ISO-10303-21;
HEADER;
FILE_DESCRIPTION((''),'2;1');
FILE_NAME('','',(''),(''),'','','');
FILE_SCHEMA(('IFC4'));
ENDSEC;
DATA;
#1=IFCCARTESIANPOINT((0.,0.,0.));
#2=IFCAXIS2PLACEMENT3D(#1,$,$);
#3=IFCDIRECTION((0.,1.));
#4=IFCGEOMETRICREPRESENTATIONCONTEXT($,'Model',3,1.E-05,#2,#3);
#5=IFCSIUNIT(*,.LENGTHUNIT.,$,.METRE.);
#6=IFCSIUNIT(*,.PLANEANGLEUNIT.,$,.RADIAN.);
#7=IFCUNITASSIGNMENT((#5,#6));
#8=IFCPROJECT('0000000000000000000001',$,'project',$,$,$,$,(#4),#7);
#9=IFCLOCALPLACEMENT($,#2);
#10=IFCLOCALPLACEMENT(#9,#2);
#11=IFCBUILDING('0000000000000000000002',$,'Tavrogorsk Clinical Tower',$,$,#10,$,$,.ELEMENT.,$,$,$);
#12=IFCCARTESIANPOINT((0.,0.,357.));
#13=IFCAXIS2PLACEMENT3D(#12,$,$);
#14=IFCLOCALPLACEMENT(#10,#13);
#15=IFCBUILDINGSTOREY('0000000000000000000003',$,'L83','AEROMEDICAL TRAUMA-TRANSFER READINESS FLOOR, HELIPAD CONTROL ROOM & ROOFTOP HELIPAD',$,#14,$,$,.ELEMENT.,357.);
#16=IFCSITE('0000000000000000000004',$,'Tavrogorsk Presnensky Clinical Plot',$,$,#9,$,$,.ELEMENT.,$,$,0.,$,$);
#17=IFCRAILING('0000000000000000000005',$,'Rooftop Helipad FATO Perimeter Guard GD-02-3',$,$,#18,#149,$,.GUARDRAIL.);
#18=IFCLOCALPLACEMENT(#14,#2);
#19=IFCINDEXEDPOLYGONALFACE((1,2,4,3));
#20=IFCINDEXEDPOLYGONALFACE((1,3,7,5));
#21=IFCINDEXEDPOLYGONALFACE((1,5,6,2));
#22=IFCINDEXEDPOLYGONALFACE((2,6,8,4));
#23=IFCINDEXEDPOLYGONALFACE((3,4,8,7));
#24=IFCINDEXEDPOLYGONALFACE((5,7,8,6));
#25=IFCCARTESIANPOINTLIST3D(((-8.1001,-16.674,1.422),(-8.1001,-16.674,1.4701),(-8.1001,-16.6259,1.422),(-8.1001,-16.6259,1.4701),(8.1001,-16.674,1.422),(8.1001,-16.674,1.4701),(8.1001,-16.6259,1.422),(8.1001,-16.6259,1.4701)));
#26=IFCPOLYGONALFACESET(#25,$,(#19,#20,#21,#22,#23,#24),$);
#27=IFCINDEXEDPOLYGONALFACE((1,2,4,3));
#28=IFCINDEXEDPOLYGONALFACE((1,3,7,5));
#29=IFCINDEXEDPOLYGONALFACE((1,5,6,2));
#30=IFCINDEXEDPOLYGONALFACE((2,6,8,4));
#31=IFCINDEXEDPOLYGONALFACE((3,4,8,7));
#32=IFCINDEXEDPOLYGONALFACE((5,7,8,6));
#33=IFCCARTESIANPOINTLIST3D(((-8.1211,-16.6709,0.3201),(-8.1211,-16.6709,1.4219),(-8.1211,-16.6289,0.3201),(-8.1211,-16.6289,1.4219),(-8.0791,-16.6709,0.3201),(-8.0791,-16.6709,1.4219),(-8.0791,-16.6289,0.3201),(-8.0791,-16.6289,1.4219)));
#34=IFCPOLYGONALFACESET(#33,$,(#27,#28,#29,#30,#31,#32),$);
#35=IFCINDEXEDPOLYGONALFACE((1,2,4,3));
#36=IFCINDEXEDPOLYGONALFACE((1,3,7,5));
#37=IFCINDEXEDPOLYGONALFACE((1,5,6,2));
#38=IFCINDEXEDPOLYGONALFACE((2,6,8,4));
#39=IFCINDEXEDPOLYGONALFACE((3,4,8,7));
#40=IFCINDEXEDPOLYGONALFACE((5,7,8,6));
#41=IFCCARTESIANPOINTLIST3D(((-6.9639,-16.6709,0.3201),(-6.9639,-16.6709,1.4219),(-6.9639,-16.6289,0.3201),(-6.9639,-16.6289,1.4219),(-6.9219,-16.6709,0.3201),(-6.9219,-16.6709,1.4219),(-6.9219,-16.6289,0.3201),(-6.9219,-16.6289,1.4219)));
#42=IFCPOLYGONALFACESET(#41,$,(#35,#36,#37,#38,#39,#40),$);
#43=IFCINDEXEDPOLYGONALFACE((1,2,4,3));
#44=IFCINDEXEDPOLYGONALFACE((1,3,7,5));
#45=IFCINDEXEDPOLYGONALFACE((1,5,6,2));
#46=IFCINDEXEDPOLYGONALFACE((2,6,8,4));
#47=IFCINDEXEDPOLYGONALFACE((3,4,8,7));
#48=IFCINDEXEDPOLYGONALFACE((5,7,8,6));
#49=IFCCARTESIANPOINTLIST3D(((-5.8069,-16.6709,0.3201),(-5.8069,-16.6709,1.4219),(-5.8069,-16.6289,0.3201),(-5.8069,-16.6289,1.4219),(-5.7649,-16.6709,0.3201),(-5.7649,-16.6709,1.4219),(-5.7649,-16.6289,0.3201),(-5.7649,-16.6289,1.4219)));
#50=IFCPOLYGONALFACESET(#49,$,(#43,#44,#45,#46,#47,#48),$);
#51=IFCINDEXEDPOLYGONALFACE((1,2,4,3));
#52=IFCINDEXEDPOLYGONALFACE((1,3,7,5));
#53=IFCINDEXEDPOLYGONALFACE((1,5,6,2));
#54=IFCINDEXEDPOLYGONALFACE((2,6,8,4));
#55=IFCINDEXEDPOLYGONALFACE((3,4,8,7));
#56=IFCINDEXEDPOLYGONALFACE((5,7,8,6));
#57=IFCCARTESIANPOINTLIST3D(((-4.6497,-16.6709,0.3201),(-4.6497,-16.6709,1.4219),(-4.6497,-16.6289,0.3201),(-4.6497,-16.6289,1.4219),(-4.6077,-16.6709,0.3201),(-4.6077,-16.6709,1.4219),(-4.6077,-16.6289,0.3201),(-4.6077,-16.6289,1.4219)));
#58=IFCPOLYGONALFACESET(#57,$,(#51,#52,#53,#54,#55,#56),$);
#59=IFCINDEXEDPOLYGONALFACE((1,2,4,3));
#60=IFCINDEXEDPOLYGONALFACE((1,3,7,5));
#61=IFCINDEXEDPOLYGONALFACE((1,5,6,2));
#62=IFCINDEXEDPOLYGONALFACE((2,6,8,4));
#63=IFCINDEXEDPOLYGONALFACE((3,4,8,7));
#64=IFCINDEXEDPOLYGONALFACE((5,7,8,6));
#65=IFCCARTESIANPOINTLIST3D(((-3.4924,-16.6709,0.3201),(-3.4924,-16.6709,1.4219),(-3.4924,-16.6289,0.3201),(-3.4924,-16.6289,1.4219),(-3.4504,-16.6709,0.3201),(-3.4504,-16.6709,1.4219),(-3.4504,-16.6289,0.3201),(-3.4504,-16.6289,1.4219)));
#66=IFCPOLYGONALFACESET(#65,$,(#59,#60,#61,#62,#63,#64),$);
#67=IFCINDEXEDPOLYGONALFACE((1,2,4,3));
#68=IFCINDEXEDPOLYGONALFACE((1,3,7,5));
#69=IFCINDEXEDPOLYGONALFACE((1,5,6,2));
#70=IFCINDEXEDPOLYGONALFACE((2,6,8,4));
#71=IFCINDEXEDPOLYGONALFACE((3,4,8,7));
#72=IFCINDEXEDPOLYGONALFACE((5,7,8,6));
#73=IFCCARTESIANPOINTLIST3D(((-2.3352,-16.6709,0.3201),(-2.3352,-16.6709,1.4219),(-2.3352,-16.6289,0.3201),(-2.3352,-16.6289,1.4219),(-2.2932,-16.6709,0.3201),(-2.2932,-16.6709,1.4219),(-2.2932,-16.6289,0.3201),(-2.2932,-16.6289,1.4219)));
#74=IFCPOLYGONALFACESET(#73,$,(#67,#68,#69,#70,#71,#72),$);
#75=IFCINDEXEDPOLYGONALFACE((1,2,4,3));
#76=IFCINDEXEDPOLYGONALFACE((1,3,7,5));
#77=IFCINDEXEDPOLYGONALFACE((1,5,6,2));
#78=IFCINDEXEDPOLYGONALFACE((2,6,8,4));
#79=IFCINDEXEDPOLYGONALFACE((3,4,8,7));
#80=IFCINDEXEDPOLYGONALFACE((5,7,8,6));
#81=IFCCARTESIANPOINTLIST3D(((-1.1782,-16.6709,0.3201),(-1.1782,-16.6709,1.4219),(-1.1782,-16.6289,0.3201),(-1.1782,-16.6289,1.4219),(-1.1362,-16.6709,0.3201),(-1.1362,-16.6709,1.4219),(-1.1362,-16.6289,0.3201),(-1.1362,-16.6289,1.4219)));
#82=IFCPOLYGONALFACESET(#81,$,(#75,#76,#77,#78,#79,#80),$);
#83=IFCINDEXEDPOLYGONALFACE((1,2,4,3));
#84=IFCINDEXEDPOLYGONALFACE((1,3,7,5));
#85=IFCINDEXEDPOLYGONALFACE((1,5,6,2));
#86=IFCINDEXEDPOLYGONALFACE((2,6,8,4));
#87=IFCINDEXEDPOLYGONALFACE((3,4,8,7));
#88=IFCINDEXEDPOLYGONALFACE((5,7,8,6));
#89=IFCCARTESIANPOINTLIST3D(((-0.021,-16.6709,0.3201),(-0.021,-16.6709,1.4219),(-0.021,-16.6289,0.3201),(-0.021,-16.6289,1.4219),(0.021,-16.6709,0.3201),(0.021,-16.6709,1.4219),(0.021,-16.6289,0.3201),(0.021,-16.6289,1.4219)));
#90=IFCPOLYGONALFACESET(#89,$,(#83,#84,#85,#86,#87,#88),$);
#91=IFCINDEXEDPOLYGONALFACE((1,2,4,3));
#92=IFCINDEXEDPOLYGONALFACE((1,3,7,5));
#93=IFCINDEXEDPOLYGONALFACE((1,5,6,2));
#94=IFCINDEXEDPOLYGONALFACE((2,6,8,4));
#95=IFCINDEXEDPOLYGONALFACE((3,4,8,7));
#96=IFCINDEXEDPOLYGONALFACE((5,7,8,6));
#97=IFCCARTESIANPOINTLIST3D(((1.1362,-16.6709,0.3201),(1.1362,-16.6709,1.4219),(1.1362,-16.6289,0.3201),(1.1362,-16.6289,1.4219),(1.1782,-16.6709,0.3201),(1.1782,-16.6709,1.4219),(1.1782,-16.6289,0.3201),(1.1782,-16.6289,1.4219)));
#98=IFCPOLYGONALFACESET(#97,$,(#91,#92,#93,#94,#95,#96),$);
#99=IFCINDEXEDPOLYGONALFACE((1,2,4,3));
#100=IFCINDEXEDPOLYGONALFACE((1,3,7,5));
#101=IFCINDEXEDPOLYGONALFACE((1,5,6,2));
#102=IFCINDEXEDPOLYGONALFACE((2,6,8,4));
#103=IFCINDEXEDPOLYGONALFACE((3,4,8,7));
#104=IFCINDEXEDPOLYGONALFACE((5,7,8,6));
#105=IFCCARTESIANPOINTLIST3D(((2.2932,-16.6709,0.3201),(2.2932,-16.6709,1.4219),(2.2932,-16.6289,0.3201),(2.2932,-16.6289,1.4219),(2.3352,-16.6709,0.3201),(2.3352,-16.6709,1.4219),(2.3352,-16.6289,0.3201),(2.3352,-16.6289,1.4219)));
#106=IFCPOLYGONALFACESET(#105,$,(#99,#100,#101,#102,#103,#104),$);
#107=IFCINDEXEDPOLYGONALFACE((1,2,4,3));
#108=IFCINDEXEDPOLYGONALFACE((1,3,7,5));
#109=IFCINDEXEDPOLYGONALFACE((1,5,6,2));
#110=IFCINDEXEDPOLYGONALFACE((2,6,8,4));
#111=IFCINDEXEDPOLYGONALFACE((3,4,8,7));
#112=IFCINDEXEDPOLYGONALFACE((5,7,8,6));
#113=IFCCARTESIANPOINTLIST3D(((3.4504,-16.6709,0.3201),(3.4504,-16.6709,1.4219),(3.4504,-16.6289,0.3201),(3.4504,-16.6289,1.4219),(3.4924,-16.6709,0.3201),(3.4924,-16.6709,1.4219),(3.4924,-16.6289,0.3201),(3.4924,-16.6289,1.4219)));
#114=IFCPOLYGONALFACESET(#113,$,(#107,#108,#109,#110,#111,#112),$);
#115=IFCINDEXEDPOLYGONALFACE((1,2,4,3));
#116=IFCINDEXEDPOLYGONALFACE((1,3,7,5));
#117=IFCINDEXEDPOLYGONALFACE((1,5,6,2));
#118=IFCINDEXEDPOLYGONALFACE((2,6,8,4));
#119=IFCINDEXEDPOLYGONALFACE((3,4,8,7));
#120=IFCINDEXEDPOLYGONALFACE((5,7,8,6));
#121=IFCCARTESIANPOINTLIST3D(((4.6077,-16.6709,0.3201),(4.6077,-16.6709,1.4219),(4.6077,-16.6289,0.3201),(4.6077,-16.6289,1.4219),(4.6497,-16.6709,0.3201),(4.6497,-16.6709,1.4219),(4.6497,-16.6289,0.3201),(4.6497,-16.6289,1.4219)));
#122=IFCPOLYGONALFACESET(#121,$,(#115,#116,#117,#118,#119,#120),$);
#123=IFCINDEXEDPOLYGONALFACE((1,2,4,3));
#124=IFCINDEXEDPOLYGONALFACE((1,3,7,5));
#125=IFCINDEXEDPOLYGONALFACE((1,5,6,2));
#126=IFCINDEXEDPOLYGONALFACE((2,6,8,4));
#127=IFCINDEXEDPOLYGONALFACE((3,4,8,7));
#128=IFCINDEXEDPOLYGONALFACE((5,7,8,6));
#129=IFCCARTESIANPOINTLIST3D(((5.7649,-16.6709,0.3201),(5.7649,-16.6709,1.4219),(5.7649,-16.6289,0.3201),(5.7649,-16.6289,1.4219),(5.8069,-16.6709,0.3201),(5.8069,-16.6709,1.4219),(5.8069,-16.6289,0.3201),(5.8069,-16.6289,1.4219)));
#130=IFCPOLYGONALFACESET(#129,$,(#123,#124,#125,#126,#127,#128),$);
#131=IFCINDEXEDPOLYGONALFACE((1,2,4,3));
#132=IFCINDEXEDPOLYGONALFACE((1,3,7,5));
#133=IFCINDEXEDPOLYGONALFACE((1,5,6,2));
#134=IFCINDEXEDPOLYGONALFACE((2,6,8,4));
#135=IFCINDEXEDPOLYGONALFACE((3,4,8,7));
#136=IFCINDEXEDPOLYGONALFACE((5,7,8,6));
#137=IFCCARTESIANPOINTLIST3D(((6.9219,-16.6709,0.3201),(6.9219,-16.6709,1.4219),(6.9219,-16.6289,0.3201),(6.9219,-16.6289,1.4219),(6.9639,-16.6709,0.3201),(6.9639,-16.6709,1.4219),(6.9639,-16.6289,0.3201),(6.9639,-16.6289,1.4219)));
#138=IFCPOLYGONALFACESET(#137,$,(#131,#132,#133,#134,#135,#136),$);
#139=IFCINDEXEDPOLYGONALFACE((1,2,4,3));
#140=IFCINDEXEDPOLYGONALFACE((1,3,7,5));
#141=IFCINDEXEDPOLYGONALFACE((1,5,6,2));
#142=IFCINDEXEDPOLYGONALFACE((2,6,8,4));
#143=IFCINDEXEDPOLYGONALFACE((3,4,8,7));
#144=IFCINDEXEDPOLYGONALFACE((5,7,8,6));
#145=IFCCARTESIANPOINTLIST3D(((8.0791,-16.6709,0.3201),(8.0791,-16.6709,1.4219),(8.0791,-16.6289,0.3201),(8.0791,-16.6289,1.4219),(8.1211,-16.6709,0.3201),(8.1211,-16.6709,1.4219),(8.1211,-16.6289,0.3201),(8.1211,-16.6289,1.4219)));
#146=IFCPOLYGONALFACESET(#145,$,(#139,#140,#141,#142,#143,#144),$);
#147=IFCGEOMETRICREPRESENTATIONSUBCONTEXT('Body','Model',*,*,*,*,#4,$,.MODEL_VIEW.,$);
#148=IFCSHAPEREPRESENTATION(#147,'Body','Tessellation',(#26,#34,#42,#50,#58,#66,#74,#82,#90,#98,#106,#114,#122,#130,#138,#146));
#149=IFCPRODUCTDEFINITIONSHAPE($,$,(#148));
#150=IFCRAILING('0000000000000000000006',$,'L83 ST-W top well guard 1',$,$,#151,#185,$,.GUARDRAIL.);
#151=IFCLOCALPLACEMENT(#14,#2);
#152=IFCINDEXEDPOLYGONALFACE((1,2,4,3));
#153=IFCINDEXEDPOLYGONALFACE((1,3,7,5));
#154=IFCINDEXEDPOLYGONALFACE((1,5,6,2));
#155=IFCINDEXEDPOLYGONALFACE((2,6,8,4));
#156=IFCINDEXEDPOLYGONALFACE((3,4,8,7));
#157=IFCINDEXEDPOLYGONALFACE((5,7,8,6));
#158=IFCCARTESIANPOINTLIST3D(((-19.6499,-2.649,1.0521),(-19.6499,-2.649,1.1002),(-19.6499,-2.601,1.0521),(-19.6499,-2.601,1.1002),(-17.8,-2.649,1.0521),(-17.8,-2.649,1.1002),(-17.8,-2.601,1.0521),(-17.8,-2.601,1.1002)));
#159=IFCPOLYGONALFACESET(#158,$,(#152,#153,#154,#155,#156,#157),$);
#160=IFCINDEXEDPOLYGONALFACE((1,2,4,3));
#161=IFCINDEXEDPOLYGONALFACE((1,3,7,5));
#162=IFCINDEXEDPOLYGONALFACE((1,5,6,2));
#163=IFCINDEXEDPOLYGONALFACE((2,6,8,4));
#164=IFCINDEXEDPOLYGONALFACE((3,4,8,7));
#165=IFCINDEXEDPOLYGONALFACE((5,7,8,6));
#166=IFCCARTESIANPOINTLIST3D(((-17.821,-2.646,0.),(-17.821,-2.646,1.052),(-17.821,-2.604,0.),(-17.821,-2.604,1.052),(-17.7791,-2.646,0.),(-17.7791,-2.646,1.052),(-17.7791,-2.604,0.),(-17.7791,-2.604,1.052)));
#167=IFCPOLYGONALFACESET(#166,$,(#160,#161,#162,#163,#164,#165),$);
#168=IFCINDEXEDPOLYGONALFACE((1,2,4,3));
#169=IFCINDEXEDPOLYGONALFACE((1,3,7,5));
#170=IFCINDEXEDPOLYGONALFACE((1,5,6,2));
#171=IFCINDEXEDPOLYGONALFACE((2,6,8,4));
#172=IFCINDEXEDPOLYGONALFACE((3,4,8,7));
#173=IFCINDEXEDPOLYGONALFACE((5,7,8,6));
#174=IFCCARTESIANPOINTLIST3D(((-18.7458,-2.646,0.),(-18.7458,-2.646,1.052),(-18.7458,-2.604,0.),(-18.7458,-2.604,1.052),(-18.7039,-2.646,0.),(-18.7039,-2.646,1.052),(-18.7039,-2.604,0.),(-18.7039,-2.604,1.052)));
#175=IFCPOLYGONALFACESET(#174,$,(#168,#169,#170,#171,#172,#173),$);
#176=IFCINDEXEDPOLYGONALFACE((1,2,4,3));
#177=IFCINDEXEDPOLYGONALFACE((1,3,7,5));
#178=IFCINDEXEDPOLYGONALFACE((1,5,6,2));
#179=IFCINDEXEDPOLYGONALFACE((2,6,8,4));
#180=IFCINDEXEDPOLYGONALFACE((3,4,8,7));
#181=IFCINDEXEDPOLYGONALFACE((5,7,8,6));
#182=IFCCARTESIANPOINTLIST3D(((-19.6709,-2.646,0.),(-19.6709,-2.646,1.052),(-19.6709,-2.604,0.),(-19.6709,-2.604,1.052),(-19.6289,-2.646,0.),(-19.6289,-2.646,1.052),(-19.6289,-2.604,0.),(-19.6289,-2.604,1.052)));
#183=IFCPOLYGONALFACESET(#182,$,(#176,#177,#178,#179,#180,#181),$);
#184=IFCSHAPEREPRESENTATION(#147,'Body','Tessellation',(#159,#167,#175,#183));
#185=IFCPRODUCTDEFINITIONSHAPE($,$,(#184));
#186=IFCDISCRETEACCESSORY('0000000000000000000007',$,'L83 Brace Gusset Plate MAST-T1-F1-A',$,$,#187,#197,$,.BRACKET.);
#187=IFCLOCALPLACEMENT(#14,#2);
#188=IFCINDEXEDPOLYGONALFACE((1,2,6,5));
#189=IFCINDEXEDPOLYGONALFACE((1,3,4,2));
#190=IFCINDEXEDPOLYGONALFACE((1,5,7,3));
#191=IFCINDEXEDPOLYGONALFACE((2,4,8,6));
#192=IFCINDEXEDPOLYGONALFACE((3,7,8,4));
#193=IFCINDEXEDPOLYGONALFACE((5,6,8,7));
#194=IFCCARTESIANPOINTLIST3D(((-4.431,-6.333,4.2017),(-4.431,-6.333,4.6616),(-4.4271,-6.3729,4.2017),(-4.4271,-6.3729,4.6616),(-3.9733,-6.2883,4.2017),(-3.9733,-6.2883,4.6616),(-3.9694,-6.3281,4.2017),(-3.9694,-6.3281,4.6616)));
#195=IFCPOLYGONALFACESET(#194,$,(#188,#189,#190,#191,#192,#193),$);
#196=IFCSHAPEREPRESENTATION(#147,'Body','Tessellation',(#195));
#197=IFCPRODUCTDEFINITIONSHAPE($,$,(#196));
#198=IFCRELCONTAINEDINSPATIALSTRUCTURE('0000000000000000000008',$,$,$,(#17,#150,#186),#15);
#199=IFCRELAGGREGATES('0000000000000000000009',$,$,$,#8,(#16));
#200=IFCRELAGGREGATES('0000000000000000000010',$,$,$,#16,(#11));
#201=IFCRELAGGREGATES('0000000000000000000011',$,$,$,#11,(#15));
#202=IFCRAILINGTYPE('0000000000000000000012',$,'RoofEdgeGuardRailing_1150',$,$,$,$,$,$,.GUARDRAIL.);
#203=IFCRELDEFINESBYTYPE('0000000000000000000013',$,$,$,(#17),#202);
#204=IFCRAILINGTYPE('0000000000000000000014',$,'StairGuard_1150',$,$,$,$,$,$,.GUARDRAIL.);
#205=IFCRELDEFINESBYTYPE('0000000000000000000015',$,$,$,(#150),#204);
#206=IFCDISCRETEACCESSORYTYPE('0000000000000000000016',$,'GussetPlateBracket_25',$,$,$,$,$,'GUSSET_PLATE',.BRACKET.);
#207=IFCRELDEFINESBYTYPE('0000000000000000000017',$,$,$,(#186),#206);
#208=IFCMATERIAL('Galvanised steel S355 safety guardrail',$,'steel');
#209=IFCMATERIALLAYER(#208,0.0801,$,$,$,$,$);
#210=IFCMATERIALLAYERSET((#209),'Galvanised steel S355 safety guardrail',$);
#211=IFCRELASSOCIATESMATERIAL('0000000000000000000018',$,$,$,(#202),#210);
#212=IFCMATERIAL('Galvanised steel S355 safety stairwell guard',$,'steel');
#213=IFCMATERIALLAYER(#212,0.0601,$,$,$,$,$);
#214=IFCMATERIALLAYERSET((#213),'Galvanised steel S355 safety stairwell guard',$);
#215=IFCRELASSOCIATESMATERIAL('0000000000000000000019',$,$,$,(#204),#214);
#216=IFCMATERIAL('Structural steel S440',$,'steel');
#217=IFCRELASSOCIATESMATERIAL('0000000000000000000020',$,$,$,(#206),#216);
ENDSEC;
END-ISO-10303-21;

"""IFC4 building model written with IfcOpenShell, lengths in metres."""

from ifc_helpers import new_model, si_unit, direction, frame, origin, origin_2d, place, context, subcontext, project, spatial, rectangle, extrude, material, layer, layer_set, type_object, element, save


model = new_model("IFC4")

# Units and contexts
model_context = context("Model", 3, precision=1e-05, world=origin(), true_north=direction((0.0, 1.0)))
body_context = subcontext(model_context, "Body", "Model", "MODEL_VIEW")
ifc_project = project(units=[si_unit("LENGTHUNIT", "METRE"), si_unit("PLANEANGLEUNIT", "RADIAN")], contexts=[model_context])

# Site, building, storey
site_placement = place(None, origin())
site = spatial("IfcSite", under=ifc_project, at=site_placement, Name="Tavrogorsk Presnensky Clinical Plot", CompositionType="ELEMENT", RefElevation=0.0)
building_placement = place(site_placement, origin())
building = spatial("IfcBuilding", under=site, at=building_placement, Name="Tavrogorsk Clinical Tower", CompositionType="ELEMENT")
storey_placement = place(building_placement, frame((0.0, 0.0, 357.0)))
storey = spatial("IfcBuildingStorey", under=building, at=storey_placement, Name="L83", Description="AEROMEDICAL TRAUMA-TRANSFER READINESS FLOOR, HELIPAD CONTROL ROOM & ROOFTOP HELIPAD", CompositionType="ELEMENT", Elevation=357.0)

# Railings
ifc_material_1 = material(Name="Galvanised steel S355 safety guardrail", Category="steel")
ifc_layer_1 = layer(ifc_material_1, 0.0801)
ifc_layer_set_1 = layer_set([ifc_layer_1], Name="Galvanised steel S355 safety guardrail")
railing_type_1 = type_object("IfcRailingType", Name="RoofEdgeGuardRailing_1150", PredefinedType="GUARDRAIL", material=ifc_layer_set_1)
railing_1_placement = place(storey_placement, frame((-8.1001, -16.6499, 0.3201)))
element("IfcRailing", 1, at=railing_1_placement, inside=storey, type_object=railing_type_1, Name="Rooftop Helipad FATO Perimeter Guard GD-02-3", PredefinedType="GUARDRAIL", context=body_context, shape_type="SweptSolid", body=[
    extrude(rectangle(XDim=0.0481, YDim=0.0481, at=origin_2d()), frame((0.0, 0.0, 1.126), z_axis=(1.0, 0.0, 0.0), x_axis=(0.0, 1.0, 0.0)), (0.0, 0.0, 1.0), 16.2002),
    extrude(rectangle(XDim=0.042, YDim=0.042, at=origin_2d()), origin(), (0.0, 0.0, 1.0), 1.1018),
    extrude(rectangle(XDim=0.042, YDim=0.042, at=origin_2d()), frame((1.1572, 0.0, 0.0)), (0.0, 0.0, 1.0), 1.1018),
    extrude(rectangle(XDim=0.042, YDim=0.042, at=origin_2d()), frame((2.3142, 0.0, 0.0)), (0.0, 0.0, 1.0), 1.1018),
    extrude(rectangle(XDim=0.042, YDim=0.042, at=origin_2d()), frame((3.4714, 0.0, 0.0)), (0.0, 0.0, 1.0), 1.1018),
    extrude(rectangle(XDim=0.042, YDim=0.042, at=origin_2d()), frame((4.6287, 0.0, 0.0)), (0.0, 0.0, 1.0), 1.1018),
    extrude(rectangle(XDim=0.042, YDim=0.042, at=origin_2d()), frame((5.7859, 0.0, 0.0)), (0.0, 0.0, 1.0), 1.1018),
    extrude(rectangle(XDim=0.042, YDim=0.042, at=origin_2d()), frame((6.9429, 0.0, 0.0)), (0.0, 0.0, 1.0), 1.1018),
    extrude(rectangle(XDim=0.042, YDim=0.042, at=origin_2d()), frame((8.1001, 0.0, 0.0)), (0.0, 0.0, 1.0), 1.1018),
    extrude(rectangle(XDim=0.042, YDim=0.042, at=origin_2d()), frame((9.2573, 0.0, 0.0)), (0.0, 0.0, 1.0), 1.1018),
    extrude(rectangle(XDim=0.042, YDim=0.042, at=origin_2d()), frame((10.4143, 0.0, 0.0)), (0.0, 0.0, 1.0), 1.1018),
    extrude(rectangle(XDim=0.042, YDim=0.042, at=origin_2d()), frame((11.5715, 0.0, 0.0)), (0.0, 0.0, 1.0), 1.1018),
    extrude(rectangle(XDim=0.042, YDim=0.042, at=origin_2d()), frame((12.7288, 0.0, 0.0)), (0.0, 0.0, 1.0), 1.1018),
    extrude(rectangle(XDim=0.042, YDim=0.042, at=origin_2d()), frame((13.886, 0.0, 0.0)), (0.0, 0.0, 1.0), 1.1018),
    extrude(rectangle(XDim=0.042, YDim=0.042, at=origin_2d()), frame((15.043, 0.0, 0.0)), (0.0, 0.0, 1.0), 1.1018),
    extrude(rectangle(XDim=0.042, YDim=0.042, at=origin_2d()), frame((16.2002, 0.0, 0.0)), (0.0, 0.0, 1.0), 1.1018),
])
ifc_material_2 = material(Name="Galvanised steel S355 safety stairwell guard", Category="steel")
ifc_layer_2 = layer(ifc_material_2, 0.0601)
ifc_layer_set_2 = layer_set([ifc_layer_2], Name="Galvanised steel S355 safety stairwell guard")
railing_type_2 = type_object("IfcRailingType", Name="StairGuard_1150", PredefinedType="GUARDRAIL", material=ifc_layer_set_2)
railing_2_placement = place(storey_placement, frame((-17.8, -2.625, 0.0)))
element("IfcRailing", 2, at=railing_2_placement, inside=storey, type_object=railing_type_2, Name="L83 ST-W top well guard 1", PredefinedType="GUARDRAIL", context=body_context, shape_type="SweptSolid", body=[
    extrude(rectangle(XDim=0.0481, YDim=0.0481, at=origin_2d()), frame((0.0, 0.0, 1.0762), z_axis=(-1.0, 0.0, 0.0), x_axis=(0.0, -1.0, 0.0)), (0.0, 0.0, 1.0), 1.8499),
    extrude(rectangle(XDim=0.042, YDim=0.042, at=origin_2d()), origin(), (0.0, 0.0, 1.0), 1.052),
    extrude(rectangle(XDim=0.042, YDim=0.042, at=origin_2d()), frame((-0.9248, 0.0, 0.0)), (0.0, 0.0, 1.0), 1.052),
    extrude(rectangle(XDim=0.042, YDim=0.042, at=origin_2d()), frame((-1.8499, 0.0, 0.0)), (0.0, 0.0, 1.0), 1.052),
])

# Discrete accessory
ifc_material_3 = material(Name="Structural steel S440", Category="steel")
discrete_accessory_type = type_object("IfcDiscreteAccessoryType", Name="GussetPlateBracket_25", ElementType="GUSSET_PLATE", PredefinedType="BRACKET", material=ifc_material_3)
discrete_accessory_placement = place(storey_placement, frame((-4.2002, -6.3306, 4.2017), z_axis=(0.0, 0.0, 1.0), x_axis=(0.995261, 0.097235, 0.0)))
element("IfcDiscreteAccessory", 3, at=discrete_accessory_placement, inside=storey, type_object=discrete_accessory_type, Name="L83 Brace Gusset Plate MAST-T1-F1-A", PredefinedType="BRACKET", context=body_context, shape_type="SweptSolid", body=[
    extrude(rectangle(XDim=0.46, YDim=0.04, at=origin_2d()), origin(), (0.0, 0.0, 1.0), 0.46),
])

save(model, "model.ifc")
